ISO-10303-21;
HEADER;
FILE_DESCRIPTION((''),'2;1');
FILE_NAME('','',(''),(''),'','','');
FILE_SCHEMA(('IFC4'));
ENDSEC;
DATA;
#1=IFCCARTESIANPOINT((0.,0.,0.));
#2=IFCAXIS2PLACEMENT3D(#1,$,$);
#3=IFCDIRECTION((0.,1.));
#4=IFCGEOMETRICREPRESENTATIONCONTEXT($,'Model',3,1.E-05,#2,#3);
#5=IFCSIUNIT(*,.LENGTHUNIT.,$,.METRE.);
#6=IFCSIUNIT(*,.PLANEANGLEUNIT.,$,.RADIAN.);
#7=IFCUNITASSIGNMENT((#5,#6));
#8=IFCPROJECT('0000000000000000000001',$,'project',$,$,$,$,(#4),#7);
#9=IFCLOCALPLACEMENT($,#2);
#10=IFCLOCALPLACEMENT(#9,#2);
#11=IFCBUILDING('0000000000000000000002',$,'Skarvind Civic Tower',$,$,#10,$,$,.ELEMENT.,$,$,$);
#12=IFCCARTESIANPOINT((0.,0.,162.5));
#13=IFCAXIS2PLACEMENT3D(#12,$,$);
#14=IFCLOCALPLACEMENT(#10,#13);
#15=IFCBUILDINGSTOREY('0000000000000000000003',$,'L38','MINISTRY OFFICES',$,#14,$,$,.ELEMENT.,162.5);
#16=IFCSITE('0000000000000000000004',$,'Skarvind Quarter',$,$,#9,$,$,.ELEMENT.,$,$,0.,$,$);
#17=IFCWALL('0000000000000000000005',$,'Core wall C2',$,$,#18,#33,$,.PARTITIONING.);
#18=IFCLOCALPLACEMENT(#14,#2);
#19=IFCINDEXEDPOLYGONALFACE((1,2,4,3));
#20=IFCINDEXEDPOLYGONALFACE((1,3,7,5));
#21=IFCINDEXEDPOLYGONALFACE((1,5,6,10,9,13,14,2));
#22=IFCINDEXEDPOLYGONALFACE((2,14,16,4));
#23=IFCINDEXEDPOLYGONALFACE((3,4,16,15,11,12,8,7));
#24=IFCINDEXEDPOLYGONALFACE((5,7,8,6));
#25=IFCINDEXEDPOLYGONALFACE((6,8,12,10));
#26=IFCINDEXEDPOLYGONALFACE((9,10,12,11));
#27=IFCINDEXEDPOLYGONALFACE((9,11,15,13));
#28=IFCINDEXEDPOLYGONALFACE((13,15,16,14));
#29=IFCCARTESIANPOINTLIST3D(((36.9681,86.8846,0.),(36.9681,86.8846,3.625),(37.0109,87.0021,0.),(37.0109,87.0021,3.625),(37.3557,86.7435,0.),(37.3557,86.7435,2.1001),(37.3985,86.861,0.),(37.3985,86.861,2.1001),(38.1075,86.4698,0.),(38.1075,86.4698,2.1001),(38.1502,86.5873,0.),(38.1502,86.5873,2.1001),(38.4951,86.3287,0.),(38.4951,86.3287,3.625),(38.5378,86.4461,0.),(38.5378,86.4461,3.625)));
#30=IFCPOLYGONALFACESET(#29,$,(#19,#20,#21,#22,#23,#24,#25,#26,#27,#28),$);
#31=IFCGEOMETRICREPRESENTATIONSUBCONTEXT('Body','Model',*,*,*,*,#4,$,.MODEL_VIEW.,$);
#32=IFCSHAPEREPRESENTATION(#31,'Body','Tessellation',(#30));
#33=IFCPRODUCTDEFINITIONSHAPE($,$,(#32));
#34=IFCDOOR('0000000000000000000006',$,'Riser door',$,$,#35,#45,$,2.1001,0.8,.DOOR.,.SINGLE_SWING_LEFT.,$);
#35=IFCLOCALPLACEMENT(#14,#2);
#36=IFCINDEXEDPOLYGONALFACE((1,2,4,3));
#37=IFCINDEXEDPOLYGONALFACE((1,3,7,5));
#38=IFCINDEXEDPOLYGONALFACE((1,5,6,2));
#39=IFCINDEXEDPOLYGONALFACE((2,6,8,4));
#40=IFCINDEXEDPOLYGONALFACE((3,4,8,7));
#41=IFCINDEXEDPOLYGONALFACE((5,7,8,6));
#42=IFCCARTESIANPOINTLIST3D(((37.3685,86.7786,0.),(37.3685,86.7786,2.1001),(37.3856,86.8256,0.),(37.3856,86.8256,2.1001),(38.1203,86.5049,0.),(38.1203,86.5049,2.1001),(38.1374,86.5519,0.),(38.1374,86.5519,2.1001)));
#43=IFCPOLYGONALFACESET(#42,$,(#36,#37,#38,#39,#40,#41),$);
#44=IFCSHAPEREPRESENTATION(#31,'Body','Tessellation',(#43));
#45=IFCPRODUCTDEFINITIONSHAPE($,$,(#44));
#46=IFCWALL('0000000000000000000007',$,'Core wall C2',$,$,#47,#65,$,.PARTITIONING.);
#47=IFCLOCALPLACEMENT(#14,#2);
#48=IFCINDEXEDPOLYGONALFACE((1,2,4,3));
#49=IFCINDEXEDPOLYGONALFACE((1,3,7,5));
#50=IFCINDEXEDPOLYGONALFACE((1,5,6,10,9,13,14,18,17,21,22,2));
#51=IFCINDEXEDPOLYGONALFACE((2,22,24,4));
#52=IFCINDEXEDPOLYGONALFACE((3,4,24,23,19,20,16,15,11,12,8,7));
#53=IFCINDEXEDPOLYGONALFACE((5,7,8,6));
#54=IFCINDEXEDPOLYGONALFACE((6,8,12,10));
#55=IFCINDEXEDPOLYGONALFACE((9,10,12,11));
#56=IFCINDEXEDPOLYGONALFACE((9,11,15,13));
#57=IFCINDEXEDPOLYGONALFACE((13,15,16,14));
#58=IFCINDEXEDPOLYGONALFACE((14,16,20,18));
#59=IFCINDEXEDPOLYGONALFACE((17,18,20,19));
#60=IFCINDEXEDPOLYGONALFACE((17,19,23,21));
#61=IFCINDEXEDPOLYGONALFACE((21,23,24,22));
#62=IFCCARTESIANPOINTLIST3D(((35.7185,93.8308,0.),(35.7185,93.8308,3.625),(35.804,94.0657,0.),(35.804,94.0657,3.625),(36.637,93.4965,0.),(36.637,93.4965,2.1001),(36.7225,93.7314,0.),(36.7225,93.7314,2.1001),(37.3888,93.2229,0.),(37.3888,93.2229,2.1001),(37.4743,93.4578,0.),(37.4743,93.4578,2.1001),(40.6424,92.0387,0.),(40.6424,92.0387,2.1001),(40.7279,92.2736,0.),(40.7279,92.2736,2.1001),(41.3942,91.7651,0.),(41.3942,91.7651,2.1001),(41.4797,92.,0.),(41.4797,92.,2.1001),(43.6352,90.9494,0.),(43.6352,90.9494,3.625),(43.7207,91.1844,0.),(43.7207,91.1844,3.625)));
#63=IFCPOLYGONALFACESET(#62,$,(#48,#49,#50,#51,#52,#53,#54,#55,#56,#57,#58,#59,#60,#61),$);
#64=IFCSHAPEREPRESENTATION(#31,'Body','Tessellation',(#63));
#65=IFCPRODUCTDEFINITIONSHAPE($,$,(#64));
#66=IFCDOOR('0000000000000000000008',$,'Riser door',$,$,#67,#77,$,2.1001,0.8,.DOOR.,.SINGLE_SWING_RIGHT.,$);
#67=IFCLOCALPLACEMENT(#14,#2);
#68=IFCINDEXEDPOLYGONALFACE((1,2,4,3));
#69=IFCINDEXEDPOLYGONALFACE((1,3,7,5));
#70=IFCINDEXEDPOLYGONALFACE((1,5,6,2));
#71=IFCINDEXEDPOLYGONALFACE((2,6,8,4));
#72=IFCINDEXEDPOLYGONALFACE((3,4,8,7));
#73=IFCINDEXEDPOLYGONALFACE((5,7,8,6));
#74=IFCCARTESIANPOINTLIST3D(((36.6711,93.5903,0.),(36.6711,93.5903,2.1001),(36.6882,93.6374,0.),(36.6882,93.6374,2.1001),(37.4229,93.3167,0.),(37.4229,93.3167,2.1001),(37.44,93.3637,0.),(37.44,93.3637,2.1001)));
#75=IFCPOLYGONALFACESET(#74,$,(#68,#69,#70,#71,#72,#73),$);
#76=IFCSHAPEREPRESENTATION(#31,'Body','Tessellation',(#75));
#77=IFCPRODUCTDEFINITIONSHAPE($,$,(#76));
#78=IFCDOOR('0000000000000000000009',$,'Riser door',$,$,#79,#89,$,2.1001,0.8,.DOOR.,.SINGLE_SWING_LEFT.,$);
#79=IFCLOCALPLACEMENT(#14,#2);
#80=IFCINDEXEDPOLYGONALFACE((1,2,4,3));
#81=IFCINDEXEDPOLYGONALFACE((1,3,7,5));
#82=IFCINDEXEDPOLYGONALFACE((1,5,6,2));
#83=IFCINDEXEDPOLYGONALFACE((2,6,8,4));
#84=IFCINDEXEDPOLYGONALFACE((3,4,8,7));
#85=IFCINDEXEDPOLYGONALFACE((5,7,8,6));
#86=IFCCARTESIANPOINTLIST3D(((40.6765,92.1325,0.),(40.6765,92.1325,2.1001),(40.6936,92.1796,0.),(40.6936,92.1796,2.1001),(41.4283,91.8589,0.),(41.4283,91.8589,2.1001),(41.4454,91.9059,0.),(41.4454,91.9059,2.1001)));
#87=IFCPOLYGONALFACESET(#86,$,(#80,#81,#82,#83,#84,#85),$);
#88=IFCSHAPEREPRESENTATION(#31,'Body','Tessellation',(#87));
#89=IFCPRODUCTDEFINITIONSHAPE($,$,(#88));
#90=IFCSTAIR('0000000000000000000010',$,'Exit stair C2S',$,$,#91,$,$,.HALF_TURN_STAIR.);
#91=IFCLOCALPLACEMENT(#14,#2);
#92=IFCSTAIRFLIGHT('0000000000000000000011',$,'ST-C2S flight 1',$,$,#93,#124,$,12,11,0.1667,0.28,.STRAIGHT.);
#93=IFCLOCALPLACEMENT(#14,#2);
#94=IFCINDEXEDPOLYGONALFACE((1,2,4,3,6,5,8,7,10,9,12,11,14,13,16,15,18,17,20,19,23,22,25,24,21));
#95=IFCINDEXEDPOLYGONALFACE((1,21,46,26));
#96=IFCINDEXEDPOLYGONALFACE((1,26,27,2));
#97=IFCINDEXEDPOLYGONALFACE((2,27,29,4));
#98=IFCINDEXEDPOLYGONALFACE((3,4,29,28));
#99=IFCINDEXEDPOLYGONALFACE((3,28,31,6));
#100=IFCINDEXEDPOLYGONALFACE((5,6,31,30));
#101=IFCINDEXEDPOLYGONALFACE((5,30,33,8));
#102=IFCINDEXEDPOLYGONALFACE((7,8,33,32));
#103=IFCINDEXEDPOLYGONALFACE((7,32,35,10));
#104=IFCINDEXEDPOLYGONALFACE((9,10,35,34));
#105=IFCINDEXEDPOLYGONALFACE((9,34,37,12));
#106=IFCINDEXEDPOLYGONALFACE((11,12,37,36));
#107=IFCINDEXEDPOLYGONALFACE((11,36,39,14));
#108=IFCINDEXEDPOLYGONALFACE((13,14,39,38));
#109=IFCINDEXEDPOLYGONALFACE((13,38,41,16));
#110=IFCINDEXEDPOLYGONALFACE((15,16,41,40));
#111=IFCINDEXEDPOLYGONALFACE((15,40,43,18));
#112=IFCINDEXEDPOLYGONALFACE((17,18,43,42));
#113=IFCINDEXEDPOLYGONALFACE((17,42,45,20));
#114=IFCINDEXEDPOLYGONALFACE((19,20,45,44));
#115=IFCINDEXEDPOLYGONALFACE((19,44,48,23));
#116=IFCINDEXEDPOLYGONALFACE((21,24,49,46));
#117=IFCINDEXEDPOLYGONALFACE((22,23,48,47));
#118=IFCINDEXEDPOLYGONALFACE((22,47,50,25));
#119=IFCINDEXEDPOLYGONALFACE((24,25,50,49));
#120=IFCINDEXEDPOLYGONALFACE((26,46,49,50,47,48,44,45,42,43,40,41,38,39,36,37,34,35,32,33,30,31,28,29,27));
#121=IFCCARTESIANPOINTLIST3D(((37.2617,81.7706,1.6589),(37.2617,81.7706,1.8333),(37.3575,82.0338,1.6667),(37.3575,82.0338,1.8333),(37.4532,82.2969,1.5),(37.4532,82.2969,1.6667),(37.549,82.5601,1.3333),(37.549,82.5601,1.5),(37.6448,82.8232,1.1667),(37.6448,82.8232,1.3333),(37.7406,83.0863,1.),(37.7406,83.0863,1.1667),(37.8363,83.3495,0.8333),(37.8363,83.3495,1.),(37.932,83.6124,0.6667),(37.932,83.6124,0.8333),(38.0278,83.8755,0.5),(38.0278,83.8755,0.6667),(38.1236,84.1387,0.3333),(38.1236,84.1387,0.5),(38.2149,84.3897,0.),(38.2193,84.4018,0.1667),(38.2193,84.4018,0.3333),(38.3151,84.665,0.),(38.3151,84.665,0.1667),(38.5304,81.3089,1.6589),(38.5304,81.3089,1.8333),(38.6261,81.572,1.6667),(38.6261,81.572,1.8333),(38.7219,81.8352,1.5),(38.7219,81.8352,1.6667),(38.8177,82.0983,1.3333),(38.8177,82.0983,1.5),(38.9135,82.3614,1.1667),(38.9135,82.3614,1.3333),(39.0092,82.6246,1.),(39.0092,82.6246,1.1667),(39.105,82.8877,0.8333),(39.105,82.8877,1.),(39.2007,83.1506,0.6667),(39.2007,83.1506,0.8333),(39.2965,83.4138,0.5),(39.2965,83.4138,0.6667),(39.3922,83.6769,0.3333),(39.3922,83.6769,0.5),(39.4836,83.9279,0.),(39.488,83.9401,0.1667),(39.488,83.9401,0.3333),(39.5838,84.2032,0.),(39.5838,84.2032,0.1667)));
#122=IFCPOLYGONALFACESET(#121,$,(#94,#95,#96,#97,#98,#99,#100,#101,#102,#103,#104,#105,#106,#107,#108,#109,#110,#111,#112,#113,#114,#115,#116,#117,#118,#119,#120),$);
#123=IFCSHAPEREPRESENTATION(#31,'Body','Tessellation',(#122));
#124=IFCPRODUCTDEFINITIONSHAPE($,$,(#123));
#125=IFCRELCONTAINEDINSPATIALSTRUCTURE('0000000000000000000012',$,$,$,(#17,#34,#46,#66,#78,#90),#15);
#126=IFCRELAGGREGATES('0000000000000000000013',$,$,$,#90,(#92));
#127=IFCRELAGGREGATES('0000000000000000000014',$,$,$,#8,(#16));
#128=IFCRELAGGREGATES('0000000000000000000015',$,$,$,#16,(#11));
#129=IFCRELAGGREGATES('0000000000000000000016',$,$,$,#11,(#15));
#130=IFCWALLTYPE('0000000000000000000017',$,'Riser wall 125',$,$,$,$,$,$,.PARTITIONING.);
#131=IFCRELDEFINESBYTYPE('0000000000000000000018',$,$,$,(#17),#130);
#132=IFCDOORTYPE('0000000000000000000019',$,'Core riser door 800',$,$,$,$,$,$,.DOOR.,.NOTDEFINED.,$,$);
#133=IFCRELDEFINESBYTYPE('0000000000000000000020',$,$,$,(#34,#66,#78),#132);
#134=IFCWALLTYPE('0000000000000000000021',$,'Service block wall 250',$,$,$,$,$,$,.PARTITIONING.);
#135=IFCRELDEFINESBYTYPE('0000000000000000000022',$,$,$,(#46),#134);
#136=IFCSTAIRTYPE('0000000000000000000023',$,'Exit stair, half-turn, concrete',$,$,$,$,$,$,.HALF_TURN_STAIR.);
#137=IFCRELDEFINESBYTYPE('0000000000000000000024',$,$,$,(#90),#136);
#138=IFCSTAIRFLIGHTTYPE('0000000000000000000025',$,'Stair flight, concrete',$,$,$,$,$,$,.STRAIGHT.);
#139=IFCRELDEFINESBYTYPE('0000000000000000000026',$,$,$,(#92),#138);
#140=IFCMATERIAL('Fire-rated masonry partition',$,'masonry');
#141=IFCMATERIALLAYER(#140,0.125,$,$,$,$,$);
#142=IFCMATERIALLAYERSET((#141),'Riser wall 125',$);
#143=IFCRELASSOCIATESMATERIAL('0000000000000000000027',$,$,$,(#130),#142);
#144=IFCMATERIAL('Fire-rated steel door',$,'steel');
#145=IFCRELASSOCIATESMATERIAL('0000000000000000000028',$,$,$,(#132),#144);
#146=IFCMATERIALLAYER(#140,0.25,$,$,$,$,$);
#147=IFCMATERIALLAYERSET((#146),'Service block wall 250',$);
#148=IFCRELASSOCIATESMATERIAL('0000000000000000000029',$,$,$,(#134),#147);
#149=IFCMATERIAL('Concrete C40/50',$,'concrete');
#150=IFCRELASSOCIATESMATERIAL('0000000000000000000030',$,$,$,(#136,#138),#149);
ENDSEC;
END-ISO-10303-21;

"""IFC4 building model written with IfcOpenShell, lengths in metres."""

from ifc_helpers import new_model, si_unit, direction, frame, frame_2d, origin, place, context, subcontext, project, spatial, polyline, rectangle, outline, extrude, material, layer, layer_set, type_object, element, fill, aggregate, save


model = new_model("IFC4")

# Units and contexts
model_context = context("Model", 3, precision=1e-05, world=origin(), true_north=direction((0.0, 1.0)))
body_context = subcontext(model_context, "Body", "Model", "MODEL_VIEW")
ifc_project = project(units=[si_unit("LENGTHUNIT", "METRE"), si_unit("PLANEANGLEUNIT", "RADIAN")], contexts=[model_context])

# Site, building, storey
site_placement = place(None, origin())
site = spatial("IfcSite", under=ifc_project, at=site_placement, Name="Skarvind Quarter", CompositionType="ELEMENT", RefElevation=0.0)
building_placement = place(site_placement, origin())
building = spatial("IfcBuilding", under=site, at=building_placement, Name="Skarvind Civic Tower", CompositionType="ELEMENT")
storey_placement = place(building_placement, frame((0.0, 0.0, 162.5)))
storey = spatial("IfcBuildingStorey", under=building, at=storey_placement, Name="L38", Description="MINISTRY OFFICES", CompositionType="ELEMENT", Elevation=162.5)

# Shared definitions
ifc_material_1 = material(Name="Fire-rated masonry partition", Category="masonry")
ifc_material_2 = material(Name="Fire-rated steel door", Category="steel")

# Wall, opening, door
ifc_layer_1 = layer(ifc_material_1, 0.125)
ifc_layer_set_1 = layer_set([ifc_layer_1], Name="Riser wall 125")
wall_type_1 = type_object("IfcWallType", Name="Riser wall 125", PredefinedType="PARTITIONING", material=ifc_layer_set_1)
wall_1_placement = place(storey_placement, frame((36.9895, 86.9434, 0.0), z_axis=(0.0, 0.0, 1.0), x_axis=(0.939657, -0.342117, 0.0)))
wall_1 = element("IfcWall", 1, at=wall_1_placement, inside=storey, type_object=wall_type_1, Name="Core wall C2", PredefinedType="PARTITIONING", context=body_context, shape_type="SweptSolid", body=[
    extrude(rectangle(XDim=1.625, YDim=0.125, at=frame_2d((0.8125, 0.0))), origin(), (0.0, 0.0, 1.0), 3.625),
])
opening_1_placement = place(wall_1_placement, frame((0.4126, 0.0, 0.0)))
opening_1 = element("IfcOpeningElement", 2, at=opening_1_placement, cuts=wall_1, PredefinedType="OPENING", context=body_context, shape_type="SweptSolid", body=[
    extrude(rectangle(XDim=0.8, YDim=2.1001, at=frame_2d((0.3999, 1.05))), frame((0.0, 0.0725, 0.0), z_axis=(0.0, -1.0, 0.0), x_axis=(1.0, 0.0, 0.0)), (0.0, 0.0, 1.0), 0.145),
])
door_type_1 = type_object("IfcDoorType", Name="Core riser door 800", OperationType="NOTDEFINED", PredefinedType="DOOR", material=ifc_material_2)
door_1_placement = place(opening_1_placement, origin())
door_1 = element("IfcDoor", 3, at=door_1_placement, inside=storey, type_object=door_type_1, Name="Riser door", OperationType="SINGLE_SWING_LEFT", OverallHeight=2.1001, OverallWidth=0.8, PredefinedType="DOOR", context=body_context, shape_type="SweptSolid", body=[
    extrude(rectangle(XDim=0.8, YDim=2.1001, at=frame_2d((0.3999, 1.05))), frame((0.0, 0.0249, 0.0), z_axis=(0.0, -1.0, 0.0), x_axis=(1.0, 0.0, 0.0)), (0.0, 0.0, 1.0), 0.05),
])
fill(opening_1, door_1)

# Wall, openings, doors
ifc_layer_2 = layer(ifc_material_1, 0.25)
ifc_layer_set_2 = layer_set([ifc_layer_2], Name="Service block wall 250")
wall_type_2 = type_object("IfcWallType", Name="Service block wall 250", PredefinedType="PARTITIONING", material=ifc_layer_set_2)
wall_2_placement = place(storey_placement, frame((35.7612, 93.9482, 0.0), z_axis=(0.0, 0.0, 1.0), x_axis=(0.939697, -0.342008, 0.0)))
wall_2 = element("IfcWall", 4, at=wall_2_placement, inside=storey, type_object=wall_type_2, Name="Core wall C2", PredefinedType="PARTITIONING", context=body_context, shape_type="SweptSolid", body=[
    extrude(rectangle(XDim=8.4248, YDim=0.25, at=frame_2d((4.2124, 0.0))), origin(), (0.0, 0.0, 1.0), 3.625),
])
opening_2_placement = place(wall_2_placement, frame((0.9775, 0.0, 0.0)))
opening_2 = element("IfcOpeningElement", 5, at=opening_2_placement, cuts=wall_2, PredefinedType="OPENING", context=body_context, shape_type="SweptSolid", body=[
    extrude(rectangle(XDim=0.8, YDim=2.1001, at=frame_2d((0.3999, 1.05))), frame((0.0, 0.135, 0.0), z_axis=(0.0, -1.0, 0.0), x_axis=(1.0, 0.0, 0.0)), (0.0, 0.0, 1.0), 0.27),
])
opening_3_placement = place(wall_2_placement, frame((5.24, 0.0, 0.0)))
opening_3 = element("IfcOpeningElement", 6, at=opening_3_placement, cuts=wall_2, PredefinedType="OPENING", context=body_context, shape_type="SweptSolid", body=[
    extrude(rectangle(XDim=0.8, YDim=2.1001, at=frame_2d((0.3999, 1.05))), frame((0.0, 0.135, 0.0), z_axis=(0.0, -1.0, 0.0), x_axis=(1.0, 0.0, 0.0)), (0.0, 0.0, 1.0), 0.27),
])
door_2_placement = place(opening_2_placement, origin())
door_2 = element("IfcDoor", 7, at=door_2_placement, inside=storey, type_object=door_type_1, Name="Riser door", OperationType="SINGLE_SWING_RIGHT", OverallHeight=2.1001, OverallWidth=0.8, PredefinedType="DOOR", context=body_context, shape_type="SweptSolid", body=[
    extrude(rectangle(XDim=0.8, YDim=2.1001, at=frame_2d((0.3999, 1.05))), frame((0.0, 0.0249, 0.0), z_axis=(0.0, -1.0, 0.0), x_axis=(1.0, 0.0, 0.0)), (0.0, 0.0, 1.0), 0.05),
])
fill(opening_2, door_2)
door_3_placement = place(opening_3_placement, origin())
door_3 = element("IfcDoor", 8, at=door_3_placement, inside=storey, type_object=door_type_1, Name="Riser door", OperationType="SINGLE_SWING_LEFT", OverallHeight=2.1001, OverallWidth=0.8, PredefinedType="DOOR", context=body_context, shape_type="SweptSolid", body=[
    extrude(rectangle(XDim=0.8, YDim=2.1001, at=frame_2d((0.3999, 1.05))), frame((0.0, 0.0249, 0.0), z_axis=(0.0, -1.0, 0.0), x_axis=(1.0, 0.0, 0.0)), (0.0, 0.0, 1.0), 0.05),
])
fill(opening_3, door_3)

# Stair, stair flight
ifc_material_3 = material(Name="Concrete C40/50", Category="concrete")
stair_type = type_object("IfcStairType", Name="Exit stair, half-turn, concrete", PredefinedType="HALF_TURN_STAIR", material=ifc_material_3)
stair_placement = place(storey_placement, origin())
stair = element("IfcStair", 9, at=stair_placement, inside=storey, type_object=stair_type, Name="Exit stair C2S", PredefinedType="HALF_TURN_STAIR")
stair_flight_type = type_object("IfcStairFlightType", Name="Stair flight, concrete", PredefinedType="STRAIGHT", material=ifc_material_3)
stair_flight_placement = place(storey_placement, frame((38.9495, 84.4341, 0.0), z_axis=(0.0, 0.0, 1.0), x_axis=(-0.34202, -0.939693, 0.0)))
stair_flight = element("IfcStairFlight", 10, at=stair_flight_placement, type_object=stair_flight_type, Name="ST-C2S flight 1", NumberOfRisers=12, NumberOfTreads=11, PredefinedType="STRAIGHT", RiserHeight=0.1667, TreadLength=0.28, context=body_context, shape_type="SweptSolid", body=[
    extrude(outline(polyline([(0.0, 0.0), (0.0, 0.1667), (0.28, 0.1667), (0.28, 0.3333), (0.5601, 0.3333), (0.5601, 0.5), (0.8401, 0.5), (0.8401, 0.6667), (1.1201, 0.6667), (1.1201, 0.8333), (1.3999, 0.8333), (1.3999, 1.0), (1.6799, 1.0), (1.6799, 1.1667), (1.96, 1.1667), (1.96, 1.3333), (2.24, 1.3333), (2.24, 1.5), (2.52, 1.5), (2.52, 1.6667), (2.8, 1.6667), (2.8, 1.8333), (3.0801, 1.8333), (3.0801, 2.0), (3.0801, 1.6589), (0.293, 0.0), (0.0, 0.0)])), frame((0.0, 0.675, 0.0), z_axis=(0.0, -1.0, 0.0), x_axis=(1.0, 0.0, 0.0)), (0.0, 0.0, 1.0), 1.3501),
])
aggregate(stair, [stair_flight])

save(model, "model.ifc")
